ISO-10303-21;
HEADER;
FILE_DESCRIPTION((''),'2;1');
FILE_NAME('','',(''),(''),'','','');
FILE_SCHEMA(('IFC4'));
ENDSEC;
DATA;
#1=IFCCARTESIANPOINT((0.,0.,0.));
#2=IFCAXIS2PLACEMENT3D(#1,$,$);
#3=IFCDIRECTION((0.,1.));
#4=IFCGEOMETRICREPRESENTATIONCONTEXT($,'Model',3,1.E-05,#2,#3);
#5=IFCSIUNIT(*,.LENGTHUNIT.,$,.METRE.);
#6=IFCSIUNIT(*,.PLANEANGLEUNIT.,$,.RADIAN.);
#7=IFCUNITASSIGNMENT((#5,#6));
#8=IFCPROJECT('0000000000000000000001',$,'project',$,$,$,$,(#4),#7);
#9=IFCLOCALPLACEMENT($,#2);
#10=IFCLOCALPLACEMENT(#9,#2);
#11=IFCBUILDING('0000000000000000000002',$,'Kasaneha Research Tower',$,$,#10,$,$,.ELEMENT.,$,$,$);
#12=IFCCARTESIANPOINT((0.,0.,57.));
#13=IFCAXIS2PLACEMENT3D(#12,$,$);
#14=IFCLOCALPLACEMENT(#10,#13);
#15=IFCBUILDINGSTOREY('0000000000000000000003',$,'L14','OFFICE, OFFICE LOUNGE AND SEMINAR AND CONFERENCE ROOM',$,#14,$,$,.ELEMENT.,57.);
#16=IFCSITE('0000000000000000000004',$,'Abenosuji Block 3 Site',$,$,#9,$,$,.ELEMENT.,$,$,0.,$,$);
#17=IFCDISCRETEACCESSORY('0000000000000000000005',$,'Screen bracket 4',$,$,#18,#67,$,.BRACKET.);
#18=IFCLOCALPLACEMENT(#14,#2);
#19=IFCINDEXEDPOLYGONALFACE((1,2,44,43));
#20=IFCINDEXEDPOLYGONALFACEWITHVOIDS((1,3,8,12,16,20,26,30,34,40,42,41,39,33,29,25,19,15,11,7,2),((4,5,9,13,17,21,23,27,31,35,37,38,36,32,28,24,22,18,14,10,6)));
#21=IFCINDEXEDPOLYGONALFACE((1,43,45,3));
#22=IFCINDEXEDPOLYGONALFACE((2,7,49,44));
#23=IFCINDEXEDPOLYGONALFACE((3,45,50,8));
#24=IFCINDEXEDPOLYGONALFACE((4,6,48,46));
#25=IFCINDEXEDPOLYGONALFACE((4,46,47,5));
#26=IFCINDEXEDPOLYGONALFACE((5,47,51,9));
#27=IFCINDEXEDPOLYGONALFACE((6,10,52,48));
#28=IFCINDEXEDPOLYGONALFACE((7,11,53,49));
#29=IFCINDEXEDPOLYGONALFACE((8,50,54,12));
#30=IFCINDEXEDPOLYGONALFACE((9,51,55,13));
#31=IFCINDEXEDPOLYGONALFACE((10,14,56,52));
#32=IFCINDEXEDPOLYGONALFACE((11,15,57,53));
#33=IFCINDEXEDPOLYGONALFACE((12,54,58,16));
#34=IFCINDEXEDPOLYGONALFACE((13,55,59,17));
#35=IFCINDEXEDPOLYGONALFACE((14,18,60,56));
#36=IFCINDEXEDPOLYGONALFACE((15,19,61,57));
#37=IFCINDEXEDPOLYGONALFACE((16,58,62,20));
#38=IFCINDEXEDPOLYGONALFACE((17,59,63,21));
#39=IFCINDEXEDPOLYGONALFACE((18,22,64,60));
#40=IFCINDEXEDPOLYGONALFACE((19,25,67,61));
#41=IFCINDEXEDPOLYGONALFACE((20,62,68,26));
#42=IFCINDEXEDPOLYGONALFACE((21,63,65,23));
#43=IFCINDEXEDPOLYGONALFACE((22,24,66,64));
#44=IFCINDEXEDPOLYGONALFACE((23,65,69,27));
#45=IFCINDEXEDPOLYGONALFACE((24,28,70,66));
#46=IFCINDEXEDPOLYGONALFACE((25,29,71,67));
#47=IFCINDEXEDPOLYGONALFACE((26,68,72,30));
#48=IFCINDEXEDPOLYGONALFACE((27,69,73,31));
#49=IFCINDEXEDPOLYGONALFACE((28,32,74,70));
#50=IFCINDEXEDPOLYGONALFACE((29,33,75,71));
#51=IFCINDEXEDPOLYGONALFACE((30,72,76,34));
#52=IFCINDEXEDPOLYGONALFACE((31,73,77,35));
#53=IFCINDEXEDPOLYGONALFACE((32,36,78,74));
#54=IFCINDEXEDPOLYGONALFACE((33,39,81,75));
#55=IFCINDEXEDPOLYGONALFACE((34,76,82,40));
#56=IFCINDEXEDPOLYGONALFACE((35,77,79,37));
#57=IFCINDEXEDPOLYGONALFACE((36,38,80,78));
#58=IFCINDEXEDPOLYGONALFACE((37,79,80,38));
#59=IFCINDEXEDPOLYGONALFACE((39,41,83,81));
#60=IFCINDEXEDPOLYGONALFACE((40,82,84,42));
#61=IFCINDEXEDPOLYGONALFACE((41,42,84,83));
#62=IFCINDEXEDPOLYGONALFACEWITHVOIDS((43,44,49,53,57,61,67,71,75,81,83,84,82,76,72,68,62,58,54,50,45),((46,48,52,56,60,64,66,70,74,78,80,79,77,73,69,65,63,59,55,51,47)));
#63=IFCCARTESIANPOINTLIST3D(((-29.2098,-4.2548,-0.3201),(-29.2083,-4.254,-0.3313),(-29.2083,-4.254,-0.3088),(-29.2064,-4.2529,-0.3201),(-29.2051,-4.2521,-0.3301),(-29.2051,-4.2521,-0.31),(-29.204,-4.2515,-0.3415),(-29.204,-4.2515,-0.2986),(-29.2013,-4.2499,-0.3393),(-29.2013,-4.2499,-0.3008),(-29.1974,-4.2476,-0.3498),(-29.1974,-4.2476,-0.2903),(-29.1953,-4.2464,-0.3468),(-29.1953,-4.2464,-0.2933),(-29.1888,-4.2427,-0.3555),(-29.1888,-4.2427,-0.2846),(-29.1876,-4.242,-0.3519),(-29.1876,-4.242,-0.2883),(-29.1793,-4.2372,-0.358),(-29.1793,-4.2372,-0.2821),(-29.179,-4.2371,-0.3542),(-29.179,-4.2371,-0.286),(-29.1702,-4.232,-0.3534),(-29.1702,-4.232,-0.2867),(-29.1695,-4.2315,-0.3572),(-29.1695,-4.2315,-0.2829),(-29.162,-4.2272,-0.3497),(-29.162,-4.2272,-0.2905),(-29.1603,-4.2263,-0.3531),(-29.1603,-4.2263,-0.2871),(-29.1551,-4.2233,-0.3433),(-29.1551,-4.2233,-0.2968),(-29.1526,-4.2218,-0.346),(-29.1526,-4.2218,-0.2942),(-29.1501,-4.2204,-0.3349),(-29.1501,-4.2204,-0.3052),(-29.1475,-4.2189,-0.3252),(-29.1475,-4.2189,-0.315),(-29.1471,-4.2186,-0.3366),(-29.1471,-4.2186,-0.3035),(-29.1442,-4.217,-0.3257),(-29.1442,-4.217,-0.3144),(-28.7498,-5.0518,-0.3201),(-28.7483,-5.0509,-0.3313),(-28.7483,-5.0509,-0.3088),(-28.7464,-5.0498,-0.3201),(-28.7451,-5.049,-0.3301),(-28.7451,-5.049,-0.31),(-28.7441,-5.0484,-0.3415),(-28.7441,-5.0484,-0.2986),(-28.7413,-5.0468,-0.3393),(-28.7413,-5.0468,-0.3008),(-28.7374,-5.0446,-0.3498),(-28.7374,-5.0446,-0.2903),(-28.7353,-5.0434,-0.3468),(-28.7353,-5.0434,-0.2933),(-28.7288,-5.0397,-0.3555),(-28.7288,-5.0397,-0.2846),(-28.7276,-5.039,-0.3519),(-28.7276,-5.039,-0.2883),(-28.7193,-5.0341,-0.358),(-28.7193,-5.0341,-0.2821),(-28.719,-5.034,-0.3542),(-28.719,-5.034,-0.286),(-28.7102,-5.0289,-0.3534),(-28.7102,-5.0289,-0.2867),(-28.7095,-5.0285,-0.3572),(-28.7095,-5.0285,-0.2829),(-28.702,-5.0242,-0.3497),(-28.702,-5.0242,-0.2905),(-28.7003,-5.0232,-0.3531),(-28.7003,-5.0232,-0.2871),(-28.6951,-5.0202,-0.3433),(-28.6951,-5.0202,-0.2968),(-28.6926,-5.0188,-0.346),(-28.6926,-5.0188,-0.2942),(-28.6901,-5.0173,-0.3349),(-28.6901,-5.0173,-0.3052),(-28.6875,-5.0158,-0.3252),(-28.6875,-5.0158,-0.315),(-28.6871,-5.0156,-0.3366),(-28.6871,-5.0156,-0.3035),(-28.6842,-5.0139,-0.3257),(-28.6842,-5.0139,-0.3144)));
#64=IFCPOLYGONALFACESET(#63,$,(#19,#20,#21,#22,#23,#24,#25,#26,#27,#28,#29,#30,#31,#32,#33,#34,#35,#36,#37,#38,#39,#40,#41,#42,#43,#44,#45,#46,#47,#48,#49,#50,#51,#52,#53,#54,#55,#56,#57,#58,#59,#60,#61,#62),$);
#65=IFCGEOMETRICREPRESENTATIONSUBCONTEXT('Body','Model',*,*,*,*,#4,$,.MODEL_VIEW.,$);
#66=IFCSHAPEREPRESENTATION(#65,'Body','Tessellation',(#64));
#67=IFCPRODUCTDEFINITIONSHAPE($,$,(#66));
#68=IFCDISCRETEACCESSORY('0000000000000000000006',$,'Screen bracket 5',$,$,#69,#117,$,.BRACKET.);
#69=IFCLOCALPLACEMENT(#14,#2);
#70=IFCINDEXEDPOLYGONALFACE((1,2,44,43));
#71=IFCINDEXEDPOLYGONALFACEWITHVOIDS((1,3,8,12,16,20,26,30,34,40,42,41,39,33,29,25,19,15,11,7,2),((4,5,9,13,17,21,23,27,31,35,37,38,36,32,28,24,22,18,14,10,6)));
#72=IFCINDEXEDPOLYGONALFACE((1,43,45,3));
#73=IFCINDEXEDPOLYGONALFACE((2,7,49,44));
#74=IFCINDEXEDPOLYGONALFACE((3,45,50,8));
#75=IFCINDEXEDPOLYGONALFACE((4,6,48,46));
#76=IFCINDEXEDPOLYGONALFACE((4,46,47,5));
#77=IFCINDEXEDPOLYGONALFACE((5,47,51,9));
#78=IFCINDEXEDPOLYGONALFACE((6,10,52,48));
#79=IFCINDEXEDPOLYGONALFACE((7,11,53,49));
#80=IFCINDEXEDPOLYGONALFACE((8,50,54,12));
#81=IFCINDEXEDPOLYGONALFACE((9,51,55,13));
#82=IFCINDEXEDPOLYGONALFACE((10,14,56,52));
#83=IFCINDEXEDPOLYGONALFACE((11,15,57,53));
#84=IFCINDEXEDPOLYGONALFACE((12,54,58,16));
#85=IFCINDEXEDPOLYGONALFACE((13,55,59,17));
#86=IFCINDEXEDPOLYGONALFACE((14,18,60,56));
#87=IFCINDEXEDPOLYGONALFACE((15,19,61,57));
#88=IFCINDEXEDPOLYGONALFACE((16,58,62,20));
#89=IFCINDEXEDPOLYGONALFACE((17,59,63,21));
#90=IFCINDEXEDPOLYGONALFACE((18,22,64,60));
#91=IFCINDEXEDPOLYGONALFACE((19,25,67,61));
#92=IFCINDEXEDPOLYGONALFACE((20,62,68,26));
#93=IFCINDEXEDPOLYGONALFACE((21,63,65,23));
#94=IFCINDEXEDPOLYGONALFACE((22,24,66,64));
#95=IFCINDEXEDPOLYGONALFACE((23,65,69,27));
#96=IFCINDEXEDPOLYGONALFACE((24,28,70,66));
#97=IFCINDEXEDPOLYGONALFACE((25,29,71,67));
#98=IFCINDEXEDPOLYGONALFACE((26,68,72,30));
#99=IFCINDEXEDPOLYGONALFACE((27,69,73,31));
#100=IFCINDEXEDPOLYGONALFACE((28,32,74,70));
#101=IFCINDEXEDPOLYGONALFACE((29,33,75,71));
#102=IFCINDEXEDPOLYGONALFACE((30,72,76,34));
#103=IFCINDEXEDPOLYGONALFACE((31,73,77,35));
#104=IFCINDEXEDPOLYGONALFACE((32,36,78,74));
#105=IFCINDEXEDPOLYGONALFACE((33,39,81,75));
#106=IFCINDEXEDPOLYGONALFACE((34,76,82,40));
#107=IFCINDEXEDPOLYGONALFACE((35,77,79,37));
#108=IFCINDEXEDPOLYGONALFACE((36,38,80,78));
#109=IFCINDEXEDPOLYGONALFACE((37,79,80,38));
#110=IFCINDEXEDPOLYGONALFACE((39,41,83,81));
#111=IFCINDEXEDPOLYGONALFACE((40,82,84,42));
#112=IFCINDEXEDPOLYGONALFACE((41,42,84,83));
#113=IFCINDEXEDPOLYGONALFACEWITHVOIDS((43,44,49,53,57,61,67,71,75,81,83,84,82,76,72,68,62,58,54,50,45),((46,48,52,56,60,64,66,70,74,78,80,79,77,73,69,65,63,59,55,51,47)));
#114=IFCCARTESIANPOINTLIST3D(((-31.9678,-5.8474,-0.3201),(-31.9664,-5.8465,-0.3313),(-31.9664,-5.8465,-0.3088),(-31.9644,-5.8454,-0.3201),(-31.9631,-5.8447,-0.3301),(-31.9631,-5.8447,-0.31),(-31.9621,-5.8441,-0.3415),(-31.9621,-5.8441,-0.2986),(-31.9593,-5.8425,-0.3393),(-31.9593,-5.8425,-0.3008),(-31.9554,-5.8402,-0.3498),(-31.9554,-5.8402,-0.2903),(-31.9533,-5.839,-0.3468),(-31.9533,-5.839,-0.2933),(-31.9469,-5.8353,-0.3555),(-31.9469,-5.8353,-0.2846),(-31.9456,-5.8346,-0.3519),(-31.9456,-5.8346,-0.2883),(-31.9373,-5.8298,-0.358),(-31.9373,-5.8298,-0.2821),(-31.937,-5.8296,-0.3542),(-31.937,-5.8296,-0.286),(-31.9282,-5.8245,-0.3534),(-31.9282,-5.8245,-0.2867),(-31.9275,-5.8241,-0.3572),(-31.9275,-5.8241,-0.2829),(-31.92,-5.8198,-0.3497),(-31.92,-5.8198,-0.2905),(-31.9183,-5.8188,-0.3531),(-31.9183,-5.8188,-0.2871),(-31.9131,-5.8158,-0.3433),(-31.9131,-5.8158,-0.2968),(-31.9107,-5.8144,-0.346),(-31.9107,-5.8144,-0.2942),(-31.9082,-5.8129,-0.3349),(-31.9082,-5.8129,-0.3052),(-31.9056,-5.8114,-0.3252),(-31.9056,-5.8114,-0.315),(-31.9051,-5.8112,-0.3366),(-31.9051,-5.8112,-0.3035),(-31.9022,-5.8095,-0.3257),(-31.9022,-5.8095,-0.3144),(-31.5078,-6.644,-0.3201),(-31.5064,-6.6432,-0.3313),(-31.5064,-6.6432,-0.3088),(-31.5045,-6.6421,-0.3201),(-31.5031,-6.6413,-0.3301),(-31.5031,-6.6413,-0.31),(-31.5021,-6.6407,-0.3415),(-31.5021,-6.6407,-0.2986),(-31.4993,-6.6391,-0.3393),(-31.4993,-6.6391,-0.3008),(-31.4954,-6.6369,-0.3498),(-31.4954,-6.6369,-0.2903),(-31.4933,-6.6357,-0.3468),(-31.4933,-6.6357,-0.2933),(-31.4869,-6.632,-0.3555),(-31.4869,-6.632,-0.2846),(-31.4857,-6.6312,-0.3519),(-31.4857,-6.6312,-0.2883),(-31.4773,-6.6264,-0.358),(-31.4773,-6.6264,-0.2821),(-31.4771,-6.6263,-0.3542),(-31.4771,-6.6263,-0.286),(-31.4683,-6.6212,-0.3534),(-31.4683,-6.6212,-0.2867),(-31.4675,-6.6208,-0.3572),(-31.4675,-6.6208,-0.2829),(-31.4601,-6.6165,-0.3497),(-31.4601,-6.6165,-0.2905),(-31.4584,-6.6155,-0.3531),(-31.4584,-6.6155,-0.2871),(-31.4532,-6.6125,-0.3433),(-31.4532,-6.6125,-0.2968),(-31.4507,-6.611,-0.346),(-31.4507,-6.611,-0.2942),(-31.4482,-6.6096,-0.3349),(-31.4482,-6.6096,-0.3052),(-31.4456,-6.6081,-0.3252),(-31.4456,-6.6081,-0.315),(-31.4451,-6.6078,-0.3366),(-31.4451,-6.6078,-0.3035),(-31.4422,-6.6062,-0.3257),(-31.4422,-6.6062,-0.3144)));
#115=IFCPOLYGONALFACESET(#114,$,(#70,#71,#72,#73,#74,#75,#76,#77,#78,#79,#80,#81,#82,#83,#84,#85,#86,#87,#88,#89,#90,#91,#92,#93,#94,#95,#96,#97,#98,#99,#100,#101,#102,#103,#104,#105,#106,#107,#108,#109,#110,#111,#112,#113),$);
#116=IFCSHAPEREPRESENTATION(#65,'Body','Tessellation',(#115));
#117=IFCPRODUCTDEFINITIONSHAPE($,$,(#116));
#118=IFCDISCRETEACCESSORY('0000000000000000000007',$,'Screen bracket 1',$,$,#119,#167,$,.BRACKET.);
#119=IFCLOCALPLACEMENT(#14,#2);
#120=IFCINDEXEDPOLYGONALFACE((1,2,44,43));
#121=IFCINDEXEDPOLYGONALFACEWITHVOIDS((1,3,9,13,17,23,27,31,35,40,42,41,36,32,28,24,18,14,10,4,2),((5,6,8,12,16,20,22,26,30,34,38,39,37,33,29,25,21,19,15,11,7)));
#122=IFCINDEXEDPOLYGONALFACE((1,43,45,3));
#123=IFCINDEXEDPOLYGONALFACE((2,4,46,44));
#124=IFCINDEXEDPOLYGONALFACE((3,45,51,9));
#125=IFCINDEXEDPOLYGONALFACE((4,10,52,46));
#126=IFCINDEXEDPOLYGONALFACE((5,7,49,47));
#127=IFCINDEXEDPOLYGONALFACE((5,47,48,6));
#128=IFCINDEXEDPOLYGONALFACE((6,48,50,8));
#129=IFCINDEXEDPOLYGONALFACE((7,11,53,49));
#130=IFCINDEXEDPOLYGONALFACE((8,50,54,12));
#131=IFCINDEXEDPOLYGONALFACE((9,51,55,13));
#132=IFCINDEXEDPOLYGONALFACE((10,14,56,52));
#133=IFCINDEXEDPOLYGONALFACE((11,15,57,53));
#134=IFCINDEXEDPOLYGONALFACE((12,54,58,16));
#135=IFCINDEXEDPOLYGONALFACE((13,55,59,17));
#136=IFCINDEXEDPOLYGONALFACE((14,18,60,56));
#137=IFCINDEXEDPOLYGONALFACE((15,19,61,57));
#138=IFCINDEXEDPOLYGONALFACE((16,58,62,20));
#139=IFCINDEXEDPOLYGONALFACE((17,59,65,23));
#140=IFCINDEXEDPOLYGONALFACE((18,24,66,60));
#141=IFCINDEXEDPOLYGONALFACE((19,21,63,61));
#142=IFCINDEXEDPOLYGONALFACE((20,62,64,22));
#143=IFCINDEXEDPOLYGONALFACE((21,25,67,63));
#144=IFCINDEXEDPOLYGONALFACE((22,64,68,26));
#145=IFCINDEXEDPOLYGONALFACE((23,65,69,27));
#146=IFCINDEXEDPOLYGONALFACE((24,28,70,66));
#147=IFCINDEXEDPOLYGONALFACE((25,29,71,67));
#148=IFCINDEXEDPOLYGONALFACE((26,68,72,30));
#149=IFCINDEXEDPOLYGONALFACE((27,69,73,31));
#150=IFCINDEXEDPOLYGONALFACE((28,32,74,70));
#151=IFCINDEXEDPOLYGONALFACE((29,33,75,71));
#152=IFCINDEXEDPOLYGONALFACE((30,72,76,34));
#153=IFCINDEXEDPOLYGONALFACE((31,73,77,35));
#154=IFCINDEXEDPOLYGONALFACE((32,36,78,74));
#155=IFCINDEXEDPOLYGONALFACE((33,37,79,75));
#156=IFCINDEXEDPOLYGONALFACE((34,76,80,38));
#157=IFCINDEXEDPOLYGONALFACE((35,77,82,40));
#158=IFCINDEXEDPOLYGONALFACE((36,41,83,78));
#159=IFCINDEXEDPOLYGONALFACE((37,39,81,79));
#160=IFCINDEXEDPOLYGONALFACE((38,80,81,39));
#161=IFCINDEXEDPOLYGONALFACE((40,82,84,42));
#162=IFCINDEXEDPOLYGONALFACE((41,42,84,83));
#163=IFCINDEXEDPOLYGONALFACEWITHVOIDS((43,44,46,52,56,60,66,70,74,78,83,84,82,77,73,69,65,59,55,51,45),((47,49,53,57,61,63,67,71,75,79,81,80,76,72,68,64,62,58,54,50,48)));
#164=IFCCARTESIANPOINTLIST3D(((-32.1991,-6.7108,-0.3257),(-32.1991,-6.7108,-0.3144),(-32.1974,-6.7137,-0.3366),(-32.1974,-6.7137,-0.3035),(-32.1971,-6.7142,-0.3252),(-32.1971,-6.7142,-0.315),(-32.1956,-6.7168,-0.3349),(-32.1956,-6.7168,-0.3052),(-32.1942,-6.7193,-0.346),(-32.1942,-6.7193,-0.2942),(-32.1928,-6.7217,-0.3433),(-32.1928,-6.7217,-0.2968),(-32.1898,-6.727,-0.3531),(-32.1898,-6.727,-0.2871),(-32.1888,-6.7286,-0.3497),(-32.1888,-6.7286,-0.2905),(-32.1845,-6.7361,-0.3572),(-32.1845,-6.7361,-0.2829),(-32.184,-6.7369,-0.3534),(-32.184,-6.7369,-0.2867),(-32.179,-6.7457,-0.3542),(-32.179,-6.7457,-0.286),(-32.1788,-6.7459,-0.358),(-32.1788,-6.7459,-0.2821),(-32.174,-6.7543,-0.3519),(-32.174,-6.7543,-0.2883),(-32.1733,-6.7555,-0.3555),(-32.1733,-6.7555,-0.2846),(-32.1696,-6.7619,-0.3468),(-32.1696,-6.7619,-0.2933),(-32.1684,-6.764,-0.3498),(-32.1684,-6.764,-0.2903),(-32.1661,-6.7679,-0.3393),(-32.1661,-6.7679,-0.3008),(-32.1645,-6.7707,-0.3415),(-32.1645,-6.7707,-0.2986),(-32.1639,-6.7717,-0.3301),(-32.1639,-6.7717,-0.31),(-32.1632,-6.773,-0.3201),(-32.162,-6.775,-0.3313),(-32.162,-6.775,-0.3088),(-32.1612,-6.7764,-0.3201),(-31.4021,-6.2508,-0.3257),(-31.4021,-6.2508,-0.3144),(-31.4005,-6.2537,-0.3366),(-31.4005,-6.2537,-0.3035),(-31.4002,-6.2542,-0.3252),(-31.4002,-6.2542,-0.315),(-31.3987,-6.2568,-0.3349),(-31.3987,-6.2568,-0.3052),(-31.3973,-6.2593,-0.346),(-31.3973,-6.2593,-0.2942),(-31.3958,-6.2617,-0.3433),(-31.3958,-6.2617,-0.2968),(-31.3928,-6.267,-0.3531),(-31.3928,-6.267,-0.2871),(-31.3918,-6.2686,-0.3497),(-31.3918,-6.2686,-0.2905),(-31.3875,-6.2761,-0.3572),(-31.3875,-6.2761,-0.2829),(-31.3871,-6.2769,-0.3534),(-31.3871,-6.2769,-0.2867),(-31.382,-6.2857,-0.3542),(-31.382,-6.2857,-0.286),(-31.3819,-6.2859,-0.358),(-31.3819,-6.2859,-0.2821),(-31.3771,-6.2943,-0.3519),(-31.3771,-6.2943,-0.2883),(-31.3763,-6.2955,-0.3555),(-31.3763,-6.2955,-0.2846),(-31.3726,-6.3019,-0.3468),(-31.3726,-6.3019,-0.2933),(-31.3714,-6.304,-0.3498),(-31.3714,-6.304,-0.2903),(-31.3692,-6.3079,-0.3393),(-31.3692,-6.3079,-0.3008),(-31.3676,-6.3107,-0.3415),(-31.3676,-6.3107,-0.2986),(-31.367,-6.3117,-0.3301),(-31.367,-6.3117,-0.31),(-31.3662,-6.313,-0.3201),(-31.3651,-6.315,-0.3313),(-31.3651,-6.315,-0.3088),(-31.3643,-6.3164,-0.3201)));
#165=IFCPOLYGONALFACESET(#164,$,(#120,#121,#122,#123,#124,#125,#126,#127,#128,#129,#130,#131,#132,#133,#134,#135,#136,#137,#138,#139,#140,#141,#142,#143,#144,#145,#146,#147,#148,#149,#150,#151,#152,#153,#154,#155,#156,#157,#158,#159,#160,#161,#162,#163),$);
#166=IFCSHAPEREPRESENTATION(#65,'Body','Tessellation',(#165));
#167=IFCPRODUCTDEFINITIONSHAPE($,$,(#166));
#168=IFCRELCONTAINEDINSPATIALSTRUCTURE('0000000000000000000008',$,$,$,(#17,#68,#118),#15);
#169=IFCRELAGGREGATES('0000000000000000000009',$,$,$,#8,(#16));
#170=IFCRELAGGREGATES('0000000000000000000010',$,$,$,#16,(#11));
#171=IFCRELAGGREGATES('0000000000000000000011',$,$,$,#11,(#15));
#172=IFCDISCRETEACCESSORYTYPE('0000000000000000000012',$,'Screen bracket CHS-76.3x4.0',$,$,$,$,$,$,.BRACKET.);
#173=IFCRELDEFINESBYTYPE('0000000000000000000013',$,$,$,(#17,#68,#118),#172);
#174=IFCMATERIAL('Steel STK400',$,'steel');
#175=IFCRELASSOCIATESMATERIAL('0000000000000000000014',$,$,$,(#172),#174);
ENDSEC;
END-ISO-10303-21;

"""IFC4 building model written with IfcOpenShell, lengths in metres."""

from ifc_helpers import new_model, si_unit, direction, frame, origin, origin_2d, place, context, subcontext, project, spatial, hollow_circle, extrude, material, material_profile, profile_set, type_object, element, save


model = new_model("IFC4")

# Units and contexts
model_context = context("Model", 3, precision=1e-05, world=origin(), true_north=direction((0.0, 1.0)))
body_context = subcontext(model_context, "Body", "Model", "MODEL_VIEW")
ifc_project = project(units=[si_unit("LENGTHUNIT", "METRE"), si_unit("PLANEANGLEUNIT", "RADIAN")], contexts=[model_context])

# Site, building, storey
site_placement = place(None, origin())
site = spatial("IfcSite", under=ifc_project, at=site_placement, Name="Abenosuji Block 3 Site", CompositionType="ELEMENT", RefElevation=0.0)
building_placement = place(site_placement, origin())
building = spatial("IfcBuilding", under=site, at=building_placement, Name="Kasaneha Research Tower", CompositionType="ELEMENT")
storey_placement = place(building_placement, frame((0.0, 0.0, 57.0)))
storey = spatial("IfcBuildingStorey", under=building, at=storey_placement, Name="L14", Description="OFFICE, OFFICE LOUNGE AND SEMINAR AND CONFERENCE ROOM", CompositionType="ELEMENT", Elevation=57.0)

# Discrete accessories
ifc_material_1 = material(Name="Steel STK400", Category="steel")
ifc_material_profile_1 = material_profile(ifc_material_1, hollow_circle(Radius=0.0381, WallThickness=0.0039, at=origin_2d()), Name="CHS-76.3x4.0")
ifc_profile_set_1 = profile_set([ifc_material_profile_1], Name="Steel STK400")
discrete_accessory_type = type_object("IfcDiscreteAccessoryType", Name="Screen bracket CHS-76.3x4.0", PredefinedType="BRACKET", material=ifc_profile_set_1)
discrete_accessory_1_placement = place(storey_placement, frame((-28.7168, -5.0327, -0.3201), z_axis=(-0.499906, 0.86608, 0.0), x_axis=(-0.86608, -0.499906, 0.0)))
element("IfcDiscreteAccessory", 1, at=discrete_accessory_1_placement, inside=storey, type_object=discrete_accessory_type, Name="Screen bracket 4", PredefinedType="BRACKET", context=body_context, shape_type="SweptSolid", body=[
    extrude(hollow_circle(Radius=0.0381, WallThickness=0.0039, at=origin_2d()), origin(), (0.0, 0.0, 1.0), 0.9202),
])
discrete_accessory_2_placement = place(storey_placement, frame((-31.4749, -6.625, -0.3201), z_axis=(-0.500021, 0.866013, 0.0), x_axis=(-0.866013, -0.500021, 0.0)))
element("IfcDiscreteAccessory", 2, at=discrete_accessory_2_placement, inside=storey, type_object=discrete_accessory_type, Name="Screen bracket 5", PredefinedType="BRACKET", context=body_context, shape_type="SweptSolid", body=[
    extrude(hollow_circle(Radius=0.0381, WallThickness=0.0039, at=origin_2d()), origin(), (0.0, 0.0, 1.0), 0.9199),
])
discrete_accessory_3_placement = place(storey_placement, frame((-31.3833, -6.2834, -0.3201), z_axis=(-0.86608, -0.499906, 0.0), x_axis=(0.499906, -0.86608, 0.0)))
element("IfcDiscreteAccessory", 3, at=discrete_accessory_3_placement, inside=storey, type_object=discrete_accessory_type, Name="Screen bracket 1", PredefinedType="BRACKET", context=body_context, shape_type="SweptSolid", body=[
    extrude(hollow_circle(Radius=0.0381, WallThickness=0.0039, at=origin_2d()), origin(), (0.0, 0.0, 1.0), 0.9202),
])

save(model, "model.ifc")
